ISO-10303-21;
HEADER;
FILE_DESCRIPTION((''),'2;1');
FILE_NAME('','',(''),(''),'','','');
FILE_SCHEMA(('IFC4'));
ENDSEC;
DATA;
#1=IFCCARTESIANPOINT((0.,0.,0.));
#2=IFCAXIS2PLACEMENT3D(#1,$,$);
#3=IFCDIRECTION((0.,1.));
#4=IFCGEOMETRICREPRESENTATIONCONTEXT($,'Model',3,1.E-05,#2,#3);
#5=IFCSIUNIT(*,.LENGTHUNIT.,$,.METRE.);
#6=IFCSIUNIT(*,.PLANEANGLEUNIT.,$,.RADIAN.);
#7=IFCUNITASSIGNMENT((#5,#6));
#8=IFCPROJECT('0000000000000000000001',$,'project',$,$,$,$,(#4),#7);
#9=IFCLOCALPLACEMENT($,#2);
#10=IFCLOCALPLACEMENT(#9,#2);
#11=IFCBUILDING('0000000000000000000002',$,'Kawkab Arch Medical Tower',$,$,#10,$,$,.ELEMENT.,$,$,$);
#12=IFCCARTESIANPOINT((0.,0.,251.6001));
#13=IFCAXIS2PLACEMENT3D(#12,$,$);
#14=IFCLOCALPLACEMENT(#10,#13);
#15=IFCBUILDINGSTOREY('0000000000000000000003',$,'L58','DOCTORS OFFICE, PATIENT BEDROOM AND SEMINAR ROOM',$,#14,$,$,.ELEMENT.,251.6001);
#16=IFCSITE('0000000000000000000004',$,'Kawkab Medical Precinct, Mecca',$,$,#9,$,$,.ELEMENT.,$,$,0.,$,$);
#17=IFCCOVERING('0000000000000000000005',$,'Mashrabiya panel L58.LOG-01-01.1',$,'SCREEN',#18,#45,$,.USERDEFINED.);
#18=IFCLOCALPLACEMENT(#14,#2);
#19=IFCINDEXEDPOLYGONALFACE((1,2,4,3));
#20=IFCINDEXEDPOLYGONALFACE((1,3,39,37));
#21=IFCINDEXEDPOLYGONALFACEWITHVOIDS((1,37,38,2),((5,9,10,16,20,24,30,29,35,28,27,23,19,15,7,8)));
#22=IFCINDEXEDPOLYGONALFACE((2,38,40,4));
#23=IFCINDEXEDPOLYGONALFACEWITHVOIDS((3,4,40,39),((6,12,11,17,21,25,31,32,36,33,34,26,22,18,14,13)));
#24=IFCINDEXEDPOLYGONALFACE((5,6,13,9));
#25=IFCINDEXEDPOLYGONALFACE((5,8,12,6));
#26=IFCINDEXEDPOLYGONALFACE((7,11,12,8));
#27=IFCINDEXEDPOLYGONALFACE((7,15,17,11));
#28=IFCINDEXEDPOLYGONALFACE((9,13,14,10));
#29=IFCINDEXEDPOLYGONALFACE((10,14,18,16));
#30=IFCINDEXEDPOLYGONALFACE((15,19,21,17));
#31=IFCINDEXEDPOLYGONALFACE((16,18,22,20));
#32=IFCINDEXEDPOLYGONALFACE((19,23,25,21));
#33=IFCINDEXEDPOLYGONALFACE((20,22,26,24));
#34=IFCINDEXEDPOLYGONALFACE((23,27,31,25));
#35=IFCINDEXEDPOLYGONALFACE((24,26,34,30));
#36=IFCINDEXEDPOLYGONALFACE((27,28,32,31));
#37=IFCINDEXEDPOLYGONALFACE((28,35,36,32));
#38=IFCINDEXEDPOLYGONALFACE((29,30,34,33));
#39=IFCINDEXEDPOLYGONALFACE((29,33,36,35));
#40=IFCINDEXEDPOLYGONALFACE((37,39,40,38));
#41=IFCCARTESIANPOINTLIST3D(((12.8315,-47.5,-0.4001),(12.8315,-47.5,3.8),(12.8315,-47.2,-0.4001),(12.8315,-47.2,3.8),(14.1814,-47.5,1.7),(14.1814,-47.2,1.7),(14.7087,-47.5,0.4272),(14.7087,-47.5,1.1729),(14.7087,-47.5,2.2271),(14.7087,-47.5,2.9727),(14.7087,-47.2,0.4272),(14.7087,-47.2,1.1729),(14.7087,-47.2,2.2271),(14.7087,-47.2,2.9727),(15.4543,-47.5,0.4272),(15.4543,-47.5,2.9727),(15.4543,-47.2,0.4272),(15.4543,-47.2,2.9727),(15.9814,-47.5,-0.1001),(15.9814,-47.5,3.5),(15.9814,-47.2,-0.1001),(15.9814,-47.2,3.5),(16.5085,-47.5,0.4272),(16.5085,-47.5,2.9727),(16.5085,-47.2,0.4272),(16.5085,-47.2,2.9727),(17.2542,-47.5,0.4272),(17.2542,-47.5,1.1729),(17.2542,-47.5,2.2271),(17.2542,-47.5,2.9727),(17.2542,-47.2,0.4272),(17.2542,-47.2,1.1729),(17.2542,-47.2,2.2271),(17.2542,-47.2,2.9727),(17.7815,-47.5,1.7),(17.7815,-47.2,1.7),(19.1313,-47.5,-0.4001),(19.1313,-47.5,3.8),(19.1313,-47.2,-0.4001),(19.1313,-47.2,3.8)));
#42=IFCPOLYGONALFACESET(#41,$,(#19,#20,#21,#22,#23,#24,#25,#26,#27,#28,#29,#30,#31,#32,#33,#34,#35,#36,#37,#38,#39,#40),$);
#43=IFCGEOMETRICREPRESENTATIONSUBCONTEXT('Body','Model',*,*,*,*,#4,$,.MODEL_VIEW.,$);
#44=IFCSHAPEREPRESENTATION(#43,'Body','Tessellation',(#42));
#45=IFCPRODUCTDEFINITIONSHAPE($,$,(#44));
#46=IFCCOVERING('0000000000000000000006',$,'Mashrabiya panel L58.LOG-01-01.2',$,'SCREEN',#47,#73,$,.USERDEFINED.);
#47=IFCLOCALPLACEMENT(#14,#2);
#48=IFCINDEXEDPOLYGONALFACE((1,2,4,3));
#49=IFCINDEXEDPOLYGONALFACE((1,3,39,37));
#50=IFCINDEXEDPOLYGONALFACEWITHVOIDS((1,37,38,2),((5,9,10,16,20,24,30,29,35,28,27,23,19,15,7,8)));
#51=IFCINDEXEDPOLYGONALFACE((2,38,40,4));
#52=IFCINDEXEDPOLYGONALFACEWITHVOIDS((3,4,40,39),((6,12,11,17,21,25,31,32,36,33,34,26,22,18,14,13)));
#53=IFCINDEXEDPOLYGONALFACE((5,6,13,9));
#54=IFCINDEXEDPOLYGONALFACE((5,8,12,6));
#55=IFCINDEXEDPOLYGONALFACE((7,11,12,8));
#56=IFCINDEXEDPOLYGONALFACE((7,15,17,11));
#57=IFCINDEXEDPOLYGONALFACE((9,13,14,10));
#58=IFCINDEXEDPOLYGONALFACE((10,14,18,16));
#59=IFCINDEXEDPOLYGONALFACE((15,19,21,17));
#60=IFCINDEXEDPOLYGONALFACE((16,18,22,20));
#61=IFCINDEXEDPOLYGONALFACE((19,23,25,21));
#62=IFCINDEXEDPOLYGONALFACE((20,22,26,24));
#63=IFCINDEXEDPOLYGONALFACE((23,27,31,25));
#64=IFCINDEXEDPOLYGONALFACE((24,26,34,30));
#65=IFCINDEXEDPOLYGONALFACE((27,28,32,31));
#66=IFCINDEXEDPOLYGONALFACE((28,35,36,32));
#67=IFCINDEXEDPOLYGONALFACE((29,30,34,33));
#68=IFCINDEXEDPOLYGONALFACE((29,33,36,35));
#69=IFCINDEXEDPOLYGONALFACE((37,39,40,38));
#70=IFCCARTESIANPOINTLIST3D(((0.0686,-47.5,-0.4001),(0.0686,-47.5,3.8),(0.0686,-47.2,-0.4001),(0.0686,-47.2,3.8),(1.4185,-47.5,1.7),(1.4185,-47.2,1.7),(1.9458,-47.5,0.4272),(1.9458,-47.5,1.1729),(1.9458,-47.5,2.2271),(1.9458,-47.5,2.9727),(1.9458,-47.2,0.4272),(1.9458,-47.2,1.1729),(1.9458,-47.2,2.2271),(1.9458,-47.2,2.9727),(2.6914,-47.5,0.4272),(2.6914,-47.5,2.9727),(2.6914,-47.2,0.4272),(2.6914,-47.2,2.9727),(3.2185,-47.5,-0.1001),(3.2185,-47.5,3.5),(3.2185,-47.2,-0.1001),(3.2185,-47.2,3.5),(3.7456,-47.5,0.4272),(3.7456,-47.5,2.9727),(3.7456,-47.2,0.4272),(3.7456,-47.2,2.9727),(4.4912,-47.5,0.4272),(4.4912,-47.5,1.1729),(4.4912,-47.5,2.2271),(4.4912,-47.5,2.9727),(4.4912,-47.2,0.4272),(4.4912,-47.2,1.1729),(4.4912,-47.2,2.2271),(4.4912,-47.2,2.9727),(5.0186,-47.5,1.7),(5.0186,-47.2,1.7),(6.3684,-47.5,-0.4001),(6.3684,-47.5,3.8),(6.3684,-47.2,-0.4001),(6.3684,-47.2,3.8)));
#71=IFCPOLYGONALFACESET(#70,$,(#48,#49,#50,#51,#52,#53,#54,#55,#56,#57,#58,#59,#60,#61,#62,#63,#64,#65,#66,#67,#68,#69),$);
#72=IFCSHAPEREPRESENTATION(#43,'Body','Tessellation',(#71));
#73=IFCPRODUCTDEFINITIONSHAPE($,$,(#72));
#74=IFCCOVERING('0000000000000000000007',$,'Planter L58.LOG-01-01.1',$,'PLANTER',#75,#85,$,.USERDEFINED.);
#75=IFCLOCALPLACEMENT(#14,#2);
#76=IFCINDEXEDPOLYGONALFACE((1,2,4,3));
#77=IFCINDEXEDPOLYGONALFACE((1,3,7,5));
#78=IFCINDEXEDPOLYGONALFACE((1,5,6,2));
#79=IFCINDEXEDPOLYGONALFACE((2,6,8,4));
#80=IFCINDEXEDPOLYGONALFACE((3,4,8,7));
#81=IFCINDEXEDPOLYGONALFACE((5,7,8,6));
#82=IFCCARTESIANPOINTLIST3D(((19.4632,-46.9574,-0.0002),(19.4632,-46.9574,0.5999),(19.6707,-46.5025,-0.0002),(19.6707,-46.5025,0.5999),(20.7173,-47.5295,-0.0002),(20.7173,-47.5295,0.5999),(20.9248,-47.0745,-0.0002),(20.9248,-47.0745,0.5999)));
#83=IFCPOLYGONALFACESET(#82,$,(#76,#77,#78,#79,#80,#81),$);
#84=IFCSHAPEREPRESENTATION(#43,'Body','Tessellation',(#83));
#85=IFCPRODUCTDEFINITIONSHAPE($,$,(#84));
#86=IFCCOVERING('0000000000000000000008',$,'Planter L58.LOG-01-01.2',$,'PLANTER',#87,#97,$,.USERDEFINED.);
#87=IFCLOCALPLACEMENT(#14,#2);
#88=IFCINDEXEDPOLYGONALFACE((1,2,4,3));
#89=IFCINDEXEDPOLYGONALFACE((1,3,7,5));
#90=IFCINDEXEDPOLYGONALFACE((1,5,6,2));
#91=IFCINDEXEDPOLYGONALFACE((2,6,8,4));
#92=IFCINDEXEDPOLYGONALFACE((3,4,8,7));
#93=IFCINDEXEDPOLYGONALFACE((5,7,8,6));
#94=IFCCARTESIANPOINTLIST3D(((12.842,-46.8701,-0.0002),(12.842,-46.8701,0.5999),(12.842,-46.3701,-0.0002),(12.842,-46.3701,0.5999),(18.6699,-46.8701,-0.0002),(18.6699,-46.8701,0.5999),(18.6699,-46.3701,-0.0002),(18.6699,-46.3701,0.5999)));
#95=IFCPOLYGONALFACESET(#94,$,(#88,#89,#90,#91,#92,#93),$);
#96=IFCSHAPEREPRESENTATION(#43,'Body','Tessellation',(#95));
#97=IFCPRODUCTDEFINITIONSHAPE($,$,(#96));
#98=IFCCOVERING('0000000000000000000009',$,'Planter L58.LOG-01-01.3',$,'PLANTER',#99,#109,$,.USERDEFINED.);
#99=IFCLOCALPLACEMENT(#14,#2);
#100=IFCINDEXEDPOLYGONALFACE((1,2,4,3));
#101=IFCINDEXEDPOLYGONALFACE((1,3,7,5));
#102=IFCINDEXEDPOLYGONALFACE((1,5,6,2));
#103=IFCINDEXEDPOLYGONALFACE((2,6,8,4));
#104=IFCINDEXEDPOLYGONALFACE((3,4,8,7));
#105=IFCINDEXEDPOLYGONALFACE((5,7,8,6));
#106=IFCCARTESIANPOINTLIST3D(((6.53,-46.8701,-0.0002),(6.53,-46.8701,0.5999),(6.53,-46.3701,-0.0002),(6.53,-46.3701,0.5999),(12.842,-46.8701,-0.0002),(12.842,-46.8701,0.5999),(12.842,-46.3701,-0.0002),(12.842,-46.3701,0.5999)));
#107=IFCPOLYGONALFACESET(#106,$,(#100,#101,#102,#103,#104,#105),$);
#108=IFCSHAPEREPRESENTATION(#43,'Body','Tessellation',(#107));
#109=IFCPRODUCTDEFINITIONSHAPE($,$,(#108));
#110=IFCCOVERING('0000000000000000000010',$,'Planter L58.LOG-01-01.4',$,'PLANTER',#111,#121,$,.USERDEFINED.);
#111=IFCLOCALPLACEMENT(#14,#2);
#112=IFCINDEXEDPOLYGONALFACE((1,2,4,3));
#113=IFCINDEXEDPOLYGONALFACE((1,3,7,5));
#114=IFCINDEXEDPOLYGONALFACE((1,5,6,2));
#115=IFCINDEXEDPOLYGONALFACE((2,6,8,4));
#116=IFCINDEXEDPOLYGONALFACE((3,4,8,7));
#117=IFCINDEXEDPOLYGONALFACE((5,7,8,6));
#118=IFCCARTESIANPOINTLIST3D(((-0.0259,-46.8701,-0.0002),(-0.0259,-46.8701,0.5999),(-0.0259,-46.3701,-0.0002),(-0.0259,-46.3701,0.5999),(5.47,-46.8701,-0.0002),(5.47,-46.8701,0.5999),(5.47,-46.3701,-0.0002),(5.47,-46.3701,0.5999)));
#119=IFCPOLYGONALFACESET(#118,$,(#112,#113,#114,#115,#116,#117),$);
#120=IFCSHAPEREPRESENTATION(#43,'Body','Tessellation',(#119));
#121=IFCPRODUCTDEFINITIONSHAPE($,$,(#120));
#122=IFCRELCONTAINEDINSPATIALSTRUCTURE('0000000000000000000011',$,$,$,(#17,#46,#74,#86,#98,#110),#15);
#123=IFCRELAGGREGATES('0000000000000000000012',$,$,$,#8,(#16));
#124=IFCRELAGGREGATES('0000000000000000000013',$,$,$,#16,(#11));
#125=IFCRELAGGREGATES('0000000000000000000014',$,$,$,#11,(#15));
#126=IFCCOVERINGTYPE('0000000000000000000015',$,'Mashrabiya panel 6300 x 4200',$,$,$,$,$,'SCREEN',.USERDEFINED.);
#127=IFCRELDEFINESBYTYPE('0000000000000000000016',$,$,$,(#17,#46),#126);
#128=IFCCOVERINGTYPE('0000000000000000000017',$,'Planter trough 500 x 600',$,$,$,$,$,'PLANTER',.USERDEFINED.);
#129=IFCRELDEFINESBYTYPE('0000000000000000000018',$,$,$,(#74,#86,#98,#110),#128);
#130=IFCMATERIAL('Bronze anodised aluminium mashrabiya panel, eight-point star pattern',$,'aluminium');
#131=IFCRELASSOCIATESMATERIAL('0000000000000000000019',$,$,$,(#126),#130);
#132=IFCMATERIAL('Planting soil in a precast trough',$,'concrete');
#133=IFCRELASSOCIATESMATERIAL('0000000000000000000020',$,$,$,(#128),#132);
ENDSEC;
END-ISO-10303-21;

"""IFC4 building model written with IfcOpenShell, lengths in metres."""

from ifc_helpers import new_model, si_unit, direction, frame, origin, origin_2d, place, context, subcontext, project, spatial, polyline, rectangle, outline, extrude, material, material_profile, profile_set, type_object, element, save


model = new_model("IFC4")

# Units and contexts
model_context = context("Model", 3, precision=1e-05, world=origin(), true_north=direction((0.0, 1.0)))
body_context = subcontext(model_context, "Body", "Model", "MODEL_VIEW")
ifc_project = project(units=[si_unit("LENGTHUNIT", "METRE"), si_unit("PLANEANGLEUNIT", "RADIAN")], contexts=[model_context])

# Site, building, storey
site_placement = place(None, origin())
site = spatial("IfcSite", under=ifc_project, at=site_placement, Name="Kawkab Medical Precinct, Mecca", CompositionType="ELEMENT", RefElevation=0.0)
building_placement = place(site_placement, origin())
building = spatial("IfcBuilding", under=site, at=building_placement, Name="Kawkab Arch Medical Tower", CompositionType="ELEMENT")
storey_placement = place(building_placement, frame((0.0, 0.0, 251.6001)))
storey = spatial("IfcBuildingStorey", under=building, at=storey_placement, Name="L58", Description="DOCTORS OFFICE, PATIENT BEDROOM AND SEMINAR ROOM", CompositionType="ELEMENT", Elevation=251.6001)

# Coverings
ifc_material_1 = material(Name="Bronze anodised aluminium mashrabiya panel, eight-point star pattern", Category="aluminium")
ifc_material_profile_1 = material_profile(ifc_material_1, outline(polyline([(-3.1499, -2.1001), (3.1499, -2.1001), (3.1499, 2.1001), (-3.1499, 2.1001), (-3.1499, -2.1001)]), holes=[polyline([(1.8, 0.0), (1.2727, 0.5271), (1.2727, 1.2727), (0.5271, 1.2727), (0.0, 1.8), (-0.5271, 1.2727), (-1.2727, 1.2727), (-1.2727, 0.5271), (-1.8, 0.0), (-1.2727, -0.5271), (-1.2727, -1.2727), (-0.5271, -1.2727), (0.0, -1.8), (0.5271, -1.2727), (1.2727, -1.2727), (1.2727, -0.5271), (1.8, 0.0)])]), Name="Mashrabiya panel 6300x4200")
ifc_profile_set_1 = profile_set([ifc_material_profile_1], Name="Bronze anodised aluminium mashrabiya panel, eight-point star pattern")
covering_type_1 = type_object("IfcCoveringType", Name="Mashrabiya panel 6300 x 4200", ElementType="SCREEN", PredefinedType="USERDEFINED", material=ifc_profile_set_1)
for number, where, z_axis, x_axis, name in (
    (1, (15.9814, -47.2, 1.7), (0.0, -1.0, 0.0), (1.0, 0.0, 0.0), "Mashrabiya panel L58.LOG-01-01.1"),
    (2, (3.2185, -47.2, 1.7), (0.0, -1.0, 0.0), (1.0, 0.0, 0.0), "Mashrabiya panel L58.LOG-01-01.2"),
):
    element("IfcCovering", number, at=place(storey_placement, frame(where, z_axis=z_axis, x_axis=x_axis)), inside=storey, type_object=covering_type_1, Name=name, ObjectType="SCREEN", PredefinedType="USERDEFINED", context=body_context, shape_type="SweptSolid", body=[
        extrude(outline(polyline([(-3.1499, -2.1001), (3.1499, -2.1001), (3.1499, 2.1001), (-3.1499, 2.1001), (-3.1499, -2.1001)]), holes=[polyline([(1.8, 0.0), (1.2727, 0.5271), (1.2727, 1.2727), (0.5271, 1.2727), (0.0, 1.8), (-0.5271, 1.2727), (-1.2727, 1.2727), (-1.2727, 0.5271), (-1.8, 0.0), (-1.2727, -0.5271), (-1.2727, -1.2727), (-0.5271, -1.2727), (0.0, -1.8), (0.5271, -1.2727), (1.2727, -1.2727), (1.2727, -0.5271), (1.8, 0.0)])]), origin(), (0.0, 0.0, 1.0), 0.3),
    ])
ifc_material_2 = material(Name="Planting soil in a precast trough", Category="concrete")
ifc_material_profile_2 = material_profile(ifc_material_2, rectangle(XDim=0.5, YDim=0.6001, at=origin_2d()), Name="Trough 500x600")
ifc_profile_set_2 = profile_set([ifc_material_profile_2], Name="Planting soil in a precast trough")
covering_type_2 = type_object("IfcCoveringType", Name="Planter trough 500 x 600", ElementType="PLANTER", PredefinedType="USERDEFINED", material=ifc_profile_set_2)
covering_1_placement = place(storey_placement, frame((20.821, -47.302, 0.2998), z_axis=(-0.909832, 0.414977, 0.0), x_axis=(-0.414977, -0.909832, 0.0)))
element("IfcCovering", 3, at=covering_1_placement, inside=storey, type_object=covering_type_2, Name="Planter L58.LOG-01-01.1", ObjectType="PLANTER", PredefinedType="USERDEFINED", context=body_context, shape_type="SweptSolid", body=[
    extrude(rectangle(XDim=0.5, YDim=0.6001, at=origin_2d()), origin(), (0.0, 0.0, 1.0), 1.3784),
])
covering_2_placement = place(storey_placement, frame((18.6699, -46.6201, 0.2998), z_axis=(-1.0, 0.0, 0.0), x_axis=(0.0, -1.0, 0.0)))
element("IfcCovering", 4, at=covering_2_placement, inside=storey, type_object=covering_type_2, Name="Planter L58.LOG-01-01.2", ObjectType="PLANTER", PredefinedType="USERDEFINED", context=body_context, shape_type="SweptSolid", body=[
    extrude(rectangle(XDim=0.5, YDim=0.6001, at=origin_2d()), origin(), (0.0, 0.0, 1.0), 5.8279),
])
covering_3_placement = place(storey_placement, frame((12.842, -46.6201, 0.2998), z_axis=(-1.0, 0.0, 0.0), x_axis=(0.0, -1.0, 0.0)))
element("IfcCovering", 5, at=covering_3_placement, inside=storey, type_object=covering_type_2, Name="Planter L58.LOG-01-01.3", ObjectType="PLANTER", PredefinedType="USERDEFINED", context=body_context, shape_type="SweptSolid", body=[
    extrude(rectangle(XDim=0.5, YDim=0.6001, at=origin_2d()), origin(), (0.0, 0.0, 1.0), 6.312),
])
covering_4_placement = place(storey_placement, frame((5.47, -46.6201, 0.2998), z_axis=(-1.0, 0.0, 0.0), x_axis=(0.0, -1.0, 0.0)))
element("IfcCovering", 6, at=covering_4_placement, inside=storey, type_object=covering_type_2, Name="Planter L58.LOG-01-01.4", ObjectType="PLANTER", PredefinedType="USERDEFINED", context=body_context, shape_type="SweptSolid", body=[
    extrude(rectangle(XDim=0.5, YDim=0.6001, at=origin_2d()), origin(), (0.0, 0.0, 1.0), 5.4958),
])

save(model, "model.ifc")
